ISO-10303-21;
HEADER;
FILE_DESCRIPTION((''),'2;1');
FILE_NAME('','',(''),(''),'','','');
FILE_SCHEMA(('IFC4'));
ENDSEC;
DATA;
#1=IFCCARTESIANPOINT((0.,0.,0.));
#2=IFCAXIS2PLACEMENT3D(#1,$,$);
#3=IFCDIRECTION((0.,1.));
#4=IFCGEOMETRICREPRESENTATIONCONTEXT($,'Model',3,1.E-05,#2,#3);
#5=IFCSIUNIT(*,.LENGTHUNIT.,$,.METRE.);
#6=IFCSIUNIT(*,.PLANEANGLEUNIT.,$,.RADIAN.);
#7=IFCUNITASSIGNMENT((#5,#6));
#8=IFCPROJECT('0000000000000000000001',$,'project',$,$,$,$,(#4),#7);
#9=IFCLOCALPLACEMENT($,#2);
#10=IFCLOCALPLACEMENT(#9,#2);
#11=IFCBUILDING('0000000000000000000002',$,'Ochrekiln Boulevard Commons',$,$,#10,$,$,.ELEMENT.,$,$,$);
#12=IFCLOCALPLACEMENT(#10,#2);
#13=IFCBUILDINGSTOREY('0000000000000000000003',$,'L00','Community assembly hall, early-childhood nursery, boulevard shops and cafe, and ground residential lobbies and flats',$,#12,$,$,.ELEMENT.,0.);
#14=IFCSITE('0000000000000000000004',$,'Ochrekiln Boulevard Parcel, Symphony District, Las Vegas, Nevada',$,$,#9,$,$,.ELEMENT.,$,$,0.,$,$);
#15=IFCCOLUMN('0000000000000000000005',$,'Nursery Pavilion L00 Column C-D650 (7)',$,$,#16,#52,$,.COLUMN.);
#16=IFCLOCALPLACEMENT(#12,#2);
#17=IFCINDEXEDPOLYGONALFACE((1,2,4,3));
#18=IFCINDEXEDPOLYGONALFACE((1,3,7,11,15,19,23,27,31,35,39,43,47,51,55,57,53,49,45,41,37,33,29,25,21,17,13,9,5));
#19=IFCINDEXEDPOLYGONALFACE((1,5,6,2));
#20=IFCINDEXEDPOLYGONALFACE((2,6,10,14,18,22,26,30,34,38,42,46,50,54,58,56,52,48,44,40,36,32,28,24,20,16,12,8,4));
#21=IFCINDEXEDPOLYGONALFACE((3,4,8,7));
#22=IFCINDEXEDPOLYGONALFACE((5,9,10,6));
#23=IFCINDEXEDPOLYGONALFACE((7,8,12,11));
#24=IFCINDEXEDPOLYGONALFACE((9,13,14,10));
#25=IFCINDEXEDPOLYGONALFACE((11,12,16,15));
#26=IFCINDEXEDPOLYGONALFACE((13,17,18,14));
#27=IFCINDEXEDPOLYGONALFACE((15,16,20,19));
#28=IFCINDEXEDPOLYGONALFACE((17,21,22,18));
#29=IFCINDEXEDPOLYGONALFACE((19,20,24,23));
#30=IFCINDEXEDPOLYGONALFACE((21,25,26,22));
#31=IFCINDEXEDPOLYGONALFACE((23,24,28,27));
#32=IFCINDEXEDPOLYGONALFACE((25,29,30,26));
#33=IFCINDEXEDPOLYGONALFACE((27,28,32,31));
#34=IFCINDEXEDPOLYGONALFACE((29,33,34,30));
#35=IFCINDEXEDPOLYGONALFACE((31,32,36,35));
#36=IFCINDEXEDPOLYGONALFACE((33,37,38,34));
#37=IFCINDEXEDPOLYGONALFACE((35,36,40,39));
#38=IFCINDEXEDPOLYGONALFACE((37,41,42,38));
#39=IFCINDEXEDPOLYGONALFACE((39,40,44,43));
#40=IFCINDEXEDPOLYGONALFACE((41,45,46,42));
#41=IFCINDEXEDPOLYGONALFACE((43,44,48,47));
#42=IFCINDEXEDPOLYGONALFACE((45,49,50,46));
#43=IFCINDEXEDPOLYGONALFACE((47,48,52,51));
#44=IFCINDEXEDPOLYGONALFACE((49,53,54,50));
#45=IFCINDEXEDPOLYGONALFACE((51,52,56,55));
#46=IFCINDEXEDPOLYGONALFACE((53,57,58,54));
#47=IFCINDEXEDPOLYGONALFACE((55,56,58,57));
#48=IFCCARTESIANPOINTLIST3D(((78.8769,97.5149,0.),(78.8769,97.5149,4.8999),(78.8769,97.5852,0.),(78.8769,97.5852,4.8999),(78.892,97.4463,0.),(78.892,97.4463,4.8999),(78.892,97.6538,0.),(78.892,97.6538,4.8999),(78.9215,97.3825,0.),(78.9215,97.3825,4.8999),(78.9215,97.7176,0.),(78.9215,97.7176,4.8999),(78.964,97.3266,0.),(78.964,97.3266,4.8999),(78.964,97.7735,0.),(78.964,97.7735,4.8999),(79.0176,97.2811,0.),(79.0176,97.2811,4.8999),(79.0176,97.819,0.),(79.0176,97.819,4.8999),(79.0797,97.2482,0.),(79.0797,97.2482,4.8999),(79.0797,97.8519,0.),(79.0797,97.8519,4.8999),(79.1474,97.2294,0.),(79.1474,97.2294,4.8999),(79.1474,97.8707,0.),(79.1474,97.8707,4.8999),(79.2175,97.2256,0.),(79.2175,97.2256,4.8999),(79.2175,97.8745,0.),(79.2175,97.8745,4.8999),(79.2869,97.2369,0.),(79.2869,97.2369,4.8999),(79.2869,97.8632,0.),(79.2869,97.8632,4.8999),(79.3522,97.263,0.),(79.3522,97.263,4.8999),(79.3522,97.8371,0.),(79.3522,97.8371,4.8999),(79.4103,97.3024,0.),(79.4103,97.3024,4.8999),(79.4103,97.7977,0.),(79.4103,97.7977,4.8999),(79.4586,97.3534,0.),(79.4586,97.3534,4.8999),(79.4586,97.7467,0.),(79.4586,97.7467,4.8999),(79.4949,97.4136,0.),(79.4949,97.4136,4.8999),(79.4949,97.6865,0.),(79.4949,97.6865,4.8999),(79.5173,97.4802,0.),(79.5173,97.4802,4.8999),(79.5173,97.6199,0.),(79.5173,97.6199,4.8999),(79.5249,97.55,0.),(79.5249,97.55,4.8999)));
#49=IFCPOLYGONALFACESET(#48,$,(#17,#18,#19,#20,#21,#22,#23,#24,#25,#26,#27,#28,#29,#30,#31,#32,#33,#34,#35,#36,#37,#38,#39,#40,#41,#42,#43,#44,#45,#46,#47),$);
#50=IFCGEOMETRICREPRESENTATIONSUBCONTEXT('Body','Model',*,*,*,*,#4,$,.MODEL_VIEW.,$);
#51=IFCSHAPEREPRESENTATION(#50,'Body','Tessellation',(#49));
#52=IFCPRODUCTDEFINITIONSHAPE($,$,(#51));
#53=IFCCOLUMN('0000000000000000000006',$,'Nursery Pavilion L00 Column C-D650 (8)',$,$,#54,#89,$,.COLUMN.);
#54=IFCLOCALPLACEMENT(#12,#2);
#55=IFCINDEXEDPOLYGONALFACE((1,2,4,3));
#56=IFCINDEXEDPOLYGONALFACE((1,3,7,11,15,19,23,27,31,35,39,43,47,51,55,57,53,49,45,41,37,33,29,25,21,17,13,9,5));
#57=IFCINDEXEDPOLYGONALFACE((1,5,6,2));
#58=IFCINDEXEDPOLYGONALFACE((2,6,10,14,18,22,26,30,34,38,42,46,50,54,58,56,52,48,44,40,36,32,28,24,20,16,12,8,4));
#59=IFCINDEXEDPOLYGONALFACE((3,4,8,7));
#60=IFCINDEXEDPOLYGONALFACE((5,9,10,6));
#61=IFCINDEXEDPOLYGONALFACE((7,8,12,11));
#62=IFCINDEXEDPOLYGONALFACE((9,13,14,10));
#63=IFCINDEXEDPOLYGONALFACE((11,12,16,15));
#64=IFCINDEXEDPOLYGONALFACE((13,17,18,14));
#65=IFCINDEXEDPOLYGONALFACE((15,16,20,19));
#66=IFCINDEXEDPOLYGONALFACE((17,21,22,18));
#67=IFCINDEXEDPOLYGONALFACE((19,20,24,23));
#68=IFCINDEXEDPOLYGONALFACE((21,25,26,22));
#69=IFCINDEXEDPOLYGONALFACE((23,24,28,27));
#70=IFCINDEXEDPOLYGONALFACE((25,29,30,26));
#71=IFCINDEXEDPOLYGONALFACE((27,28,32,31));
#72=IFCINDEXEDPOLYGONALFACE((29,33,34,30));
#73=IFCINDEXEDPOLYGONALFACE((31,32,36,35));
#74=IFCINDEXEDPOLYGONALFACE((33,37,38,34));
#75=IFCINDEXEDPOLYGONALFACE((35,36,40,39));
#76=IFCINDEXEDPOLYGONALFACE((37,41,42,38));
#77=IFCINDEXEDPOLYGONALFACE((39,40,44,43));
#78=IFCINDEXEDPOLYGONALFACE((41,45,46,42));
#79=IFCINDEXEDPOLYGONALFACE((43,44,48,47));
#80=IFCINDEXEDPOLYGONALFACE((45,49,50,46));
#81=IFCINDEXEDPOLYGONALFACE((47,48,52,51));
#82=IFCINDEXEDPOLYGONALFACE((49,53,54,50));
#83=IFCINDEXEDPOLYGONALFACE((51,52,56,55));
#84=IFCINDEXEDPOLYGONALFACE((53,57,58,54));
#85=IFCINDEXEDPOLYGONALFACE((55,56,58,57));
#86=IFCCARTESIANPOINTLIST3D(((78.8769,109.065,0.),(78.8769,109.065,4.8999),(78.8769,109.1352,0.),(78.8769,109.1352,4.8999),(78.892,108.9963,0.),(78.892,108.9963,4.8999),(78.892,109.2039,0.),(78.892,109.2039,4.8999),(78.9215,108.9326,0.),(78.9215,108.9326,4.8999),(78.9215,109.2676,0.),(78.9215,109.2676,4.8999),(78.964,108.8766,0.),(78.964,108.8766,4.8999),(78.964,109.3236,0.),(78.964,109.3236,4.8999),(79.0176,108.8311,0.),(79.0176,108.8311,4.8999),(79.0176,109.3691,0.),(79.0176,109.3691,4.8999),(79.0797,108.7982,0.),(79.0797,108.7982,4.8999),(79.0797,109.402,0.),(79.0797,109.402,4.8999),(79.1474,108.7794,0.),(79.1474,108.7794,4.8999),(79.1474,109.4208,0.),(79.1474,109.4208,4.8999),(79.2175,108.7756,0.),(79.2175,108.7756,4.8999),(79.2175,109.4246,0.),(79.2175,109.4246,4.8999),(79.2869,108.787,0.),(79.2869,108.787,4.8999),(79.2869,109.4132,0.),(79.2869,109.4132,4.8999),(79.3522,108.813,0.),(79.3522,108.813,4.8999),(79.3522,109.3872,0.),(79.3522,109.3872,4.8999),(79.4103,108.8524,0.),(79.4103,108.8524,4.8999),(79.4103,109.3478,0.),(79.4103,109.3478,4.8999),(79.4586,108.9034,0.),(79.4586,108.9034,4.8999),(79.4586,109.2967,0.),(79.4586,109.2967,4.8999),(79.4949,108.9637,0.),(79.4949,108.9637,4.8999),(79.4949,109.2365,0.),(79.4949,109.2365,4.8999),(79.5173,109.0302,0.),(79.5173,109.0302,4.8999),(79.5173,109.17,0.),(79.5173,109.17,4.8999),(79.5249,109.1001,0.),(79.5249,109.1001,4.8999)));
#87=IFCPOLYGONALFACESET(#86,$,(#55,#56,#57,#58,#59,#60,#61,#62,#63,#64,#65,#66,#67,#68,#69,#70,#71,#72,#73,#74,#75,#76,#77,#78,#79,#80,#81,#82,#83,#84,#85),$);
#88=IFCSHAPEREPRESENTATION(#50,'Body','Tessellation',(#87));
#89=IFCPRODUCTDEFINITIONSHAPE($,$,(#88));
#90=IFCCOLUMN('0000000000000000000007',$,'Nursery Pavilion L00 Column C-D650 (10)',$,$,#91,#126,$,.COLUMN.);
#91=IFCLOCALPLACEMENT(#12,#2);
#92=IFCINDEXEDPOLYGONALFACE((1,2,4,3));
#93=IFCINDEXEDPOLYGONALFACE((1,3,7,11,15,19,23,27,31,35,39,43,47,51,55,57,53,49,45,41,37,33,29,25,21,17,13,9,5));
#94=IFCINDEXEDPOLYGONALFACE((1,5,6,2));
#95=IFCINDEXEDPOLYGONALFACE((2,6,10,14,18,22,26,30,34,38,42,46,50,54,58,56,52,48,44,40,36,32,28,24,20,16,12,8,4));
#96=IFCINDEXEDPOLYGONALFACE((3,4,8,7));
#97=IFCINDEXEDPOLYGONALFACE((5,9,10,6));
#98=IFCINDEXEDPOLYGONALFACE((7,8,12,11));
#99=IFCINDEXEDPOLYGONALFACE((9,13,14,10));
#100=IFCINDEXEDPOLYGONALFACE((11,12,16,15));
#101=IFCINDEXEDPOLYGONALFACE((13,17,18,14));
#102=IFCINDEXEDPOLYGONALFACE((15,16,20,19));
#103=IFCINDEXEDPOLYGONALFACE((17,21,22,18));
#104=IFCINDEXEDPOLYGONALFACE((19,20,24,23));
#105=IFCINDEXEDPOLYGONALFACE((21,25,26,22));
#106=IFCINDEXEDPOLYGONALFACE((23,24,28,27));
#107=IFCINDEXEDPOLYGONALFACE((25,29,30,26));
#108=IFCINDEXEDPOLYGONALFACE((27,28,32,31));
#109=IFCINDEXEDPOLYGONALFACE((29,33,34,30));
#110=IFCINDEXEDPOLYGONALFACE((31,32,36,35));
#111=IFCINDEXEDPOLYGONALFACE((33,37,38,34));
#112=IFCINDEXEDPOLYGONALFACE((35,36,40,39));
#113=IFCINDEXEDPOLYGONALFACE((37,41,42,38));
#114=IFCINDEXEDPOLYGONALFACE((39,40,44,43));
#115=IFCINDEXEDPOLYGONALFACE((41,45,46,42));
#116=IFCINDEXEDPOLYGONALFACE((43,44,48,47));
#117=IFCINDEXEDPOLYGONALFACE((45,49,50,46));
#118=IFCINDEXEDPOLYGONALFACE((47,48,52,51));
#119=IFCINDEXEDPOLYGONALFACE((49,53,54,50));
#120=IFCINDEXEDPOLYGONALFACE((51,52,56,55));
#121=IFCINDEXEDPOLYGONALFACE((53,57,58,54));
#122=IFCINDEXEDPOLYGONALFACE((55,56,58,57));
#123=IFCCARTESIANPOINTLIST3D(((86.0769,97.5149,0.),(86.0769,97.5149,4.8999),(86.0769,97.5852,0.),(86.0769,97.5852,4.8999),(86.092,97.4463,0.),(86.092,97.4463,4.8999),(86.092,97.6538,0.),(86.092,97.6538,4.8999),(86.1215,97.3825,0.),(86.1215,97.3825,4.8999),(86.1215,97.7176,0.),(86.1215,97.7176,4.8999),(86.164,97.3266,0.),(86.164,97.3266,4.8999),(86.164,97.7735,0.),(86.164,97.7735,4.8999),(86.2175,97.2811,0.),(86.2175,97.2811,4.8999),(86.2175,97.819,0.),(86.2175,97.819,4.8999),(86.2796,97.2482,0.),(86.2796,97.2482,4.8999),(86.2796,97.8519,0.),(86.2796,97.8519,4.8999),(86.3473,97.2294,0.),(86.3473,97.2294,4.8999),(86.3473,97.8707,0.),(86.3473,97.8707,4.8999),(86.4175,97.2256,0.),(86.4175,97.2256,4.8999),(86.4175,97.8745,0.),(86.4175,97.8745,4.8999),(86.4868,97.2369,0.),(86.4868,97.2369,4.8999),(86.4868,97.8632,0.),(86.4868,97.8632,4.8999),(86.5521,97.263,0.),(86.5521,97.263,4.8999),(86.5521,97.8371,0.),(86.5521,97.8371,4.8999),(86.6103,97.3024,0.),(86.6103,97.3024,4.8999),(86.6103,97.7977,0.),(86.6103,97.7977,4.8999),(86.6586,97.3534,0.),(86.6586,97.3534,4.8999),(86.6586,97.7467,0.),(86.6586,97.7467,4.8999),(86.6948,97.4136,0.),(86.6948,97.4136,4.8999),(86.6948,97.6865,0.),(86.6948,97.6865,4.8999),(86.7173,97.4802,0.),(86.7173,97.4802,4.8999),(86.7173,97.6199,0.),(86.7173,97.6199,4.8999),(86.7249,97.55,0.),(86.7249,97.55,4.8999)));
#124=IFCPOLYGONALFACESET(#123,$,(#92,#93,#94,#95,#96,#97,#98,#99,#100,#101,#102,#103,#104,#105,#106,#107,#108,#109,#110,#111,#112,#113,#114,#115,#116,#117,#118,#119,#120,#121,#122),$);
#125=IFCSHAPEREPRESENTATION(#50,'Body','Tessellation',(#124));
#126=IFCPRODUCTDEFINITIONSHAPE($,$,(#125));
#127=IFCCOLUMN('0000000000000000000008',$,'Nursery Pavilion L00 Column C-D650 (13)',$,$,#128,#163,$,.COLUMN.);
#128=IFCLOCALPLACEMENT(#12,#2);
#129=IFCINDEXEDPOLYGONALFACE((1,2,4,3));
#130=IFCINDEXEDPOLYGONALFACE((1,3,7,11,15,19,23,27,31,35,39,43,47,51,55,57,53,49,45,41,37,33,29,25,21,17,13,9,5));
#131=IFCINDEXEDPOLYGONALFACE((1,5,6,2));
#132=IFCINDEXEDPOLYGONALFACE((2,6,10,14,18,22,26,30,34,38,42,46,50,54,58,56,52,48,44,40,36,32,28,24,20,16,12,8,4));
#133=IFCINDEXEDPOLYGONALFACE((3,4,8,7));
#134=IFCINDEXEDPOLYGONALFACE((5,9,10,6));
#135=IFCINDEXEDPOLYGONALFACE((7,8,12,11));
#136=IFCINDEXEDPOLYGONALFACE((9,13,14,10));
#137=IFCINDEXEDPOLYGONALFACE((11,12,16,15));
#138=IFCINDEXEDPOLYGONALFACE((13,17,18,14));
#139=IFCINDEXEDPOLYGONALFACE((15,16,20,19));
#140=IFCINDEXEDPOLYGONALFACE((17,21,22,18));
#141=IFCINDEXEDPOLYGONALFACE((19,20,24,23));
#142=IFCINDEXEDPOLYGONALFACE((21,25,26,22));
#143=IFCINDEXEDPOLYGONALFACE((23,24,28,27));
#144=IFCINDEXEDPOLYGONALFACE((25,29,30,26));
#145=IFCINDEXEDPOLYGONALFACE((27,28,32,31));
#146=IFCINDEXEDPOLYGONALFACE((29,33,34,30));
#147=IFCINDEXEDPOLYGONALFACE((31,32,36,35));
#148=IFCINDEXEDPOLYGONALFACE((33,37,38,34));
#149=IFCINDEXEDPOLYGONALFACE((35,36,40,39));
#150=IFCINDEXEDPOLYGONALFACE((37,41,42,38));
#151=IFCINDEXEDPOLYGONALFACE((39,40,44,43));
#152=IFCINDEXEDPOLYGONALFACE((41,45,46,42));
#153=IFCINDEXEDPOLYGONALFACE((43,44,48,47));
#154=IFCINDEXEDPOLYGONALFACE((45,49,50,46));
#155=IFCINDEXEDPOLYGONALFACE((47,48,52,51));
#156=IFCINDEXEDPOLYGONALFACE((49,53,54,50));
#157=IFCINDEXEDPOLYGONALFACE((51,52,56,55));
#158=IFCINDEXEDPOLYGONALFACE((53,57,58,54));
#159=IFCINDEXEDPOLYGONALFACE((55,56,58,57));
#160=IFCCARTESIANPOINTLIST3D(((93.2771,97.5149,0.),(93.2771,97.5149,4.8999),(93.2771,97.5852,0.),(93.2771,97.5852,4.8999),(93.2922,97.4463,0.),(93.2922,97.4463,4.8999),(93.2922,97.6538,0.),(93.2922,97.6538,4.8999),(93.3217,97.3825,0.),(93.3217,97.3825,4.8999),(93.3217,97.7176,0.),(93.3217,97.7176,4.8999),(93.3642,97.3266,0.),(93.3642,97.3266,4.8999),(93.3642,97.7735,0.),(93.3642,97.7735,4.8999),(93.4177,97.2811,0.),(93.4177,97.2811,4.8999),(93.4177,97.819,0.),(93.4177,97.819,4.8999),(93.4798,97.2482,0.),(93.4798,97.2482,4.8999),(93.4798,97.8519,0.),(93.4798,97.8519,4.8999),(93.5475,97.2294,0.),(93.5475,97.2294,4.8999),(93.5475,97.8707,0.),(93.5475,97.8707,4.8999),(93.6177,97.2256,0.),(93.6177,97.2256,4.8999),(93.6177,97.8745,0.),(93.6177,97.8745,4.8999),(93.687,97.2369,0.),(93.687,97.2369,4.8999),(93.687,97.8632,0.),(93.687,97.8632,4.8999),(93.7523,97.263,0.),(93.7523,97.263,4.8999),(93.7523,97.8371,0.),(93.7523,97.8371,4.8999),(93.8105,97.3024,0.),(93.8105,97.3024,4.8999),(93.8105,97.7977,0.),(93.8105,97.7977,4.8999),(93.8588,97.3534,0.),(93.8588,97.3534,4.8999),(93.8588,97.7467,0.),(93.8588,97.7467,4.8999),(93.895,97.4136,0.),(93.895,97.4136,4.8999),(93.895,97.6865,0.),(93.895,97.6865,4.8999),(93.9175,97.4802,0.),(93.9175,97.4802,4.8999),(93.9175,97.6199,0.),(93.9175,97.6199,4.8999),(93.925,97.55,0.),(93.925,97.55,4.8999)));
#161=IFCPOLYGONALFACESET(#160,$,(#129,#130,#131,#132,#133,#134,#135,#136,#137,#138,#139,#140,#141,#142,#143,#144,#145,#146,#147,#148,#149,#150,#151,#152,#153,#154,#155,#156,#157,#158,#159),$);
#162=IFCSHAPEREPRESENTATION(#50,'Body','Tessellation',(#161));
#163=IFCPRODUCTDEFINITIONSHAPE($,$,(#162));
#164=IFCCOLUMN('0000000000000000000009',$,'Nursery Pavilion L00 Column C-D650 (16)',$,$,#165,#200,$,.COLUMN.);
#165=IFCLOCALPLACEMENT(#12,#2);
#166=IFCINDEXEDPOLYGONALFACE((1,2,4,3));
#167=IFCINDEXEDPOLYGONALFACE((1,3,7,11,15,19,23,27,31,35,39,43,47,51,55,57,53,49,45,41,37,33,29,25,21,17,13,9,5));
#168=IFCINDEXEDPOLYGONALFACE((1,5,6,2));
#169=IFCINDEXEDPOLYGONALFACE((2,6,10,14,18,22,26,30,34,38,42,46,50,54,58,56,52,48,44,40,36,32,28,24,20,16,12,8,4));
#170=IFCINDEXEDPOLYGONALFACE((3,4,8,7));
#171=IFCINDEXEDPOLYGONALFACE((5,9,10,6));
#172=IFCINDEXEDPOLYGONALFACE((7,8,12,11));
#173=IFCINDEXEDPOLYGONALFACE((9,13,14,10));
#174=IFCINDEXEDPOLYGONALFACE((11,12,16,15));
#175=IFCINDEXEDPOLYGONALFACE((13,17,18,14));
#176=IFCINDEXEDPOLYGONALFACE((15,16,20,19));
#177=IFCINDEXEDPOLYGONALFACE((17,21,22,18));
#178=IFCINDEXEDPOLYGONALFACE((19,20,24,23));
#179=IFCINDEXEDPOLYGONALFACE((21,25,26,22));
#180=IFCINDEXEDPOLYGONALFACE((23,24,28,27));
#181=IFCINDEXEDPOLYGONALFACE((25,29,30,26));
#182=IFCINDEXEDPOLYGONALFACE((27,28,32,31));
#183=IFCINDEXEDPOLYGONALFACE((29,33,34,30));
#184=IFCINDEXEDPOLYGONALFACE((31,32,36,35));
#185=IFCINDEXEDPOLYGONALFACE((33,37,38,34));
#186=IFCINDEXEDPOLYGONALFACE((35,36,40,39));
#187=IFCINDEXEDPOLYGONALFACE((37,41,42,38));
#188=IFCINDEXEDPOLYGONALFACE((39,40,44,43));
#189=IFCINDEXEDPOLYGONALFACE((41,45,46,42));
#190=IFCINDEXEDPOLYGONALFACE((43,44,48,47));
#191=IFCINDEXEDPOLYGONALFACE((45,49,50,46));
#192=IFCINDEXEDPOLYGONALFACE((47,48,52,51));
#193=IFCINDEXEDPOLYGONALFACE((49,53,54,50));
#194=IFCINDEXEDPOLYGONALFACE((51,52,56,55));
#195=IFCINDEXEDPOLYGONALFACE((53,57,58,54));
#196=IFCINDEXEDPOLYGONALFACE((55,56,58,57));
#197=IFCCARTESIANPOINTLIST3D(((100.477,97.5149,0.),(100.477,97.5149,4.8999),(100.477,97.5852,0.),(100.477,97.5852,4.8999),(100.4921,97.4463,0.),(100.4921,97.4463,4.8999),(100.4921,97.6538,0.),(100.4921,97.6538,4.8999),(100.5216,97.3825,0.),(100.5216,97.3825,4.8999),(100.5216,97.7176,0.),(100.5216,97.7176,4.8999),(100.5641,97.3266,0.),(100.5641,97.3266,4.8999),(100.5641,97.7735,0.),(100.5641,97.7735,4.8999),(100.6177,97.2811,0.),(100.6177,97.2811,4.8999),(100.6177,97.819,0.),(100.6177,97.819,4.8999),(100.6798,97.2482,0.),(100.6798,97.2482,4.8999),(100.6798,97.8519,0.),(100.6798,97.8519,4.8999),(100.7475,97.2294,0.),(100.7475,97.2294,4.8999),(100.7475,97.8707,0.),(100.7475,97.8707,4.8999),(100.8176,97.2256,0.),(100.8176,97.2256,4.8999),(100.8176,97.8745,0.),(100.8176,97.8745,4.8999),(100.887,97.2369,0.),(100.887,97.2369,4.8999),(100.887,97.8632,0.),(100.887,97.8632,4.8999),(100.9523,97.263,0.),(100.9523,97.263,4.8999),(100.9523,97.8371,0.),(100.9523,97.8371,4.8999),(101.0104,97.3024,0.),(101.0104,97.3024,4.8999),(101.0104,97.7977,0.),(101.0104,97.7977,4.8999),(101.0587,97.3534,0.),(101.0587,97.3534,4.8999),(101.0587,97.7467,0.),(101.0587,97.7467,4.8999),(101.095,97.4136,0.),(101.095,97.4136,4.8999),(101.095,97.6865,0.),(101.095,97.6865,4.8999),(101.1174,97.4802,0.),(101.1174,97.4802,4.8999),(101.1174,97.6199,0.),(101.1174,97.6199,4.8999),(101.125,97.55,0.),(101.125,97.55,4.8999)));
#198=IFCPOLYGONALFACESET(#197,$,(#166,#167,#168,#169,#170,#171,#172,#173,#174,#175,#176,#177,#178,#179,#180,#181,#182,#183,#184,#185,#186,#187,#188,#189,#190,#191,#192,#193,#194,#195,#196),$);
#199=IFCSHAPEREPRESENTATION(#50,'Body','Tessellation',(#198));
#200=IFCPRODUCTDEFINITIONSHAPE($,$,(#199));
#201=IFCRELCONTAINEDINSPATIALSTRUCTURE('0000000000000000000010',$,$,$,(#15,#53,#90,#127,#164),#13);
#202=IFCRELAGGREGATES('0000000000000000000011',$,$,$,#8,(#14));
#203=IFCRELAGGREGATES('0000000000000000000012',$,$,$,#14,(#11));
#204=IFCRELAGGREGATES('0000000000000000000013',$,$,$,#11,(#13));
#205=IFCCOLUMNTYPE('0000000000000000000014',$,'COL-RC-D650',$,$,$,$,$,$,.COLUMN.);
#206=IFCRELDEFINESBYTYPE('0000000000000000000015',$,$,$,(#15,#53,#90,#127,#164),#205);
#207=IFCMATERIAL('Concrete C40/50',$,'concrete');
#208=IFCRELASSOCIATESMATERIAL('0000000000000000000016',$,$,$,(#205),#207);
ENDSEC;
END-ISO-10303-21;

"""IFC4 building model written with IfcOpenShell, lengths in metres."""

from ifc_helpers import new_model, si_unit, direction, frame, origin, origin_2d, place, context, subcontext, project, spatial, circle, extrude, material, material_profile, profile_set, type_object, element, save


model = new_model("IFC4")

# Units and contexts
model_context = context("Model", 3, precision=1e-05, world=origin(), true_north=direction((0.0, 1.0)))
body_context = subcontext(model_context, "Body", "Model", "MODEL_VIEW")
ifc_project = project(units=[si_unit("LENGTHUNIT", "METRE"), si_unit("PLANEANGLEUNIT", "RADIAN")], contexts=[model_context])

# Site, building, storey
site_placement = place(None, origin())
site = spatial("IfcSite", under=ifc_project, at=site_placement, Name="Ochrekiln Boulevard Parcel, Symphony District, Las Vegas, Nevada", CompositionType="ELEMENT", RefElevation=0.0)
building_placement = place(site_placement, origin())
building = spatial("IfcBuilding", under=site, at=building_placement, Name="Ochrekiln Boulevard Commons", CompositionType="ELEMENT")
storey_placement = place(building_placement, origin())
storey = spatial("IfcBuildingStorey", under=building, at=storey_placement, Name="L00", Description="Community assembly hall, early-childhood nursery, boulevard shops and cafe, and ground residential lobbies and flats", CompositionType="ELEMENT", Elevation=0.0)

# Columns
ifc_material_1 = material(Name="Concrete C40/50", Category="concrete")
ifc_material_profile_1 = material_profile(ifc_material_1, circle(Radius=0.325, at=origin_2d()), Name="RC-COL-D650")
ifc_profile_set_1 = profile_set([ifc_material_profile_1], Name="Concrete C40/50")
column_type = type_object("IfcColumnType", Name="COL-RC-D650", PredefinedType="COLUMN", material=ifc_profile_set_1)
for number, where, z_axis, x_axis, name in (
    (1, (79.2, 97.55, 0.0), (0.0, 0.0, 1.0), (1.0, 0.0, 0.0), "Nursery Pavilion L00 Column C-D650 (7)"),
    (2, (79.2, 109.1001, 0.0), (0.0, 0.0, 1.0), (1.0, 0.0, 0.0), "Nursery Pavilion L00 Column C-D650 (8)"),
    (3, (86.3999, 97.55, 0.0), (0.0, 0.0, 1.0), (1.0, 0.0, 0.0), "Nursery Pavilion L00 Column C-D650 (10)"),
    (4, (93.6001, 97.55, 0.0), (0.0, 0.0, 1.0), (1.0, 0.0, 0.0), "Nursery Pavilion L00 Column C-D650 (13)"),
    (5, (100.8, 97.55, 0.0), (0.0, 0.0, 1.0), (1.0, 0.0, 0.0), "Nursery Pavilion L00 Column C-D650 (16)"),
):
    element("IfcColumn", number, at=place(storey_placement, frame(where, z_axis=z_axis, x_axis=x_axis)), inside=storey, type_object=column_type, Name=name, PredefinedType="COLUMN", context=body_context, shape_type="SweptSolid", body=[
        extrude(circle(Radius=0.325, at=origin_2d()), origin(), (0.0, 0.0, 1.0), 4.8999),
    ])

save(model, "model.ifc")
